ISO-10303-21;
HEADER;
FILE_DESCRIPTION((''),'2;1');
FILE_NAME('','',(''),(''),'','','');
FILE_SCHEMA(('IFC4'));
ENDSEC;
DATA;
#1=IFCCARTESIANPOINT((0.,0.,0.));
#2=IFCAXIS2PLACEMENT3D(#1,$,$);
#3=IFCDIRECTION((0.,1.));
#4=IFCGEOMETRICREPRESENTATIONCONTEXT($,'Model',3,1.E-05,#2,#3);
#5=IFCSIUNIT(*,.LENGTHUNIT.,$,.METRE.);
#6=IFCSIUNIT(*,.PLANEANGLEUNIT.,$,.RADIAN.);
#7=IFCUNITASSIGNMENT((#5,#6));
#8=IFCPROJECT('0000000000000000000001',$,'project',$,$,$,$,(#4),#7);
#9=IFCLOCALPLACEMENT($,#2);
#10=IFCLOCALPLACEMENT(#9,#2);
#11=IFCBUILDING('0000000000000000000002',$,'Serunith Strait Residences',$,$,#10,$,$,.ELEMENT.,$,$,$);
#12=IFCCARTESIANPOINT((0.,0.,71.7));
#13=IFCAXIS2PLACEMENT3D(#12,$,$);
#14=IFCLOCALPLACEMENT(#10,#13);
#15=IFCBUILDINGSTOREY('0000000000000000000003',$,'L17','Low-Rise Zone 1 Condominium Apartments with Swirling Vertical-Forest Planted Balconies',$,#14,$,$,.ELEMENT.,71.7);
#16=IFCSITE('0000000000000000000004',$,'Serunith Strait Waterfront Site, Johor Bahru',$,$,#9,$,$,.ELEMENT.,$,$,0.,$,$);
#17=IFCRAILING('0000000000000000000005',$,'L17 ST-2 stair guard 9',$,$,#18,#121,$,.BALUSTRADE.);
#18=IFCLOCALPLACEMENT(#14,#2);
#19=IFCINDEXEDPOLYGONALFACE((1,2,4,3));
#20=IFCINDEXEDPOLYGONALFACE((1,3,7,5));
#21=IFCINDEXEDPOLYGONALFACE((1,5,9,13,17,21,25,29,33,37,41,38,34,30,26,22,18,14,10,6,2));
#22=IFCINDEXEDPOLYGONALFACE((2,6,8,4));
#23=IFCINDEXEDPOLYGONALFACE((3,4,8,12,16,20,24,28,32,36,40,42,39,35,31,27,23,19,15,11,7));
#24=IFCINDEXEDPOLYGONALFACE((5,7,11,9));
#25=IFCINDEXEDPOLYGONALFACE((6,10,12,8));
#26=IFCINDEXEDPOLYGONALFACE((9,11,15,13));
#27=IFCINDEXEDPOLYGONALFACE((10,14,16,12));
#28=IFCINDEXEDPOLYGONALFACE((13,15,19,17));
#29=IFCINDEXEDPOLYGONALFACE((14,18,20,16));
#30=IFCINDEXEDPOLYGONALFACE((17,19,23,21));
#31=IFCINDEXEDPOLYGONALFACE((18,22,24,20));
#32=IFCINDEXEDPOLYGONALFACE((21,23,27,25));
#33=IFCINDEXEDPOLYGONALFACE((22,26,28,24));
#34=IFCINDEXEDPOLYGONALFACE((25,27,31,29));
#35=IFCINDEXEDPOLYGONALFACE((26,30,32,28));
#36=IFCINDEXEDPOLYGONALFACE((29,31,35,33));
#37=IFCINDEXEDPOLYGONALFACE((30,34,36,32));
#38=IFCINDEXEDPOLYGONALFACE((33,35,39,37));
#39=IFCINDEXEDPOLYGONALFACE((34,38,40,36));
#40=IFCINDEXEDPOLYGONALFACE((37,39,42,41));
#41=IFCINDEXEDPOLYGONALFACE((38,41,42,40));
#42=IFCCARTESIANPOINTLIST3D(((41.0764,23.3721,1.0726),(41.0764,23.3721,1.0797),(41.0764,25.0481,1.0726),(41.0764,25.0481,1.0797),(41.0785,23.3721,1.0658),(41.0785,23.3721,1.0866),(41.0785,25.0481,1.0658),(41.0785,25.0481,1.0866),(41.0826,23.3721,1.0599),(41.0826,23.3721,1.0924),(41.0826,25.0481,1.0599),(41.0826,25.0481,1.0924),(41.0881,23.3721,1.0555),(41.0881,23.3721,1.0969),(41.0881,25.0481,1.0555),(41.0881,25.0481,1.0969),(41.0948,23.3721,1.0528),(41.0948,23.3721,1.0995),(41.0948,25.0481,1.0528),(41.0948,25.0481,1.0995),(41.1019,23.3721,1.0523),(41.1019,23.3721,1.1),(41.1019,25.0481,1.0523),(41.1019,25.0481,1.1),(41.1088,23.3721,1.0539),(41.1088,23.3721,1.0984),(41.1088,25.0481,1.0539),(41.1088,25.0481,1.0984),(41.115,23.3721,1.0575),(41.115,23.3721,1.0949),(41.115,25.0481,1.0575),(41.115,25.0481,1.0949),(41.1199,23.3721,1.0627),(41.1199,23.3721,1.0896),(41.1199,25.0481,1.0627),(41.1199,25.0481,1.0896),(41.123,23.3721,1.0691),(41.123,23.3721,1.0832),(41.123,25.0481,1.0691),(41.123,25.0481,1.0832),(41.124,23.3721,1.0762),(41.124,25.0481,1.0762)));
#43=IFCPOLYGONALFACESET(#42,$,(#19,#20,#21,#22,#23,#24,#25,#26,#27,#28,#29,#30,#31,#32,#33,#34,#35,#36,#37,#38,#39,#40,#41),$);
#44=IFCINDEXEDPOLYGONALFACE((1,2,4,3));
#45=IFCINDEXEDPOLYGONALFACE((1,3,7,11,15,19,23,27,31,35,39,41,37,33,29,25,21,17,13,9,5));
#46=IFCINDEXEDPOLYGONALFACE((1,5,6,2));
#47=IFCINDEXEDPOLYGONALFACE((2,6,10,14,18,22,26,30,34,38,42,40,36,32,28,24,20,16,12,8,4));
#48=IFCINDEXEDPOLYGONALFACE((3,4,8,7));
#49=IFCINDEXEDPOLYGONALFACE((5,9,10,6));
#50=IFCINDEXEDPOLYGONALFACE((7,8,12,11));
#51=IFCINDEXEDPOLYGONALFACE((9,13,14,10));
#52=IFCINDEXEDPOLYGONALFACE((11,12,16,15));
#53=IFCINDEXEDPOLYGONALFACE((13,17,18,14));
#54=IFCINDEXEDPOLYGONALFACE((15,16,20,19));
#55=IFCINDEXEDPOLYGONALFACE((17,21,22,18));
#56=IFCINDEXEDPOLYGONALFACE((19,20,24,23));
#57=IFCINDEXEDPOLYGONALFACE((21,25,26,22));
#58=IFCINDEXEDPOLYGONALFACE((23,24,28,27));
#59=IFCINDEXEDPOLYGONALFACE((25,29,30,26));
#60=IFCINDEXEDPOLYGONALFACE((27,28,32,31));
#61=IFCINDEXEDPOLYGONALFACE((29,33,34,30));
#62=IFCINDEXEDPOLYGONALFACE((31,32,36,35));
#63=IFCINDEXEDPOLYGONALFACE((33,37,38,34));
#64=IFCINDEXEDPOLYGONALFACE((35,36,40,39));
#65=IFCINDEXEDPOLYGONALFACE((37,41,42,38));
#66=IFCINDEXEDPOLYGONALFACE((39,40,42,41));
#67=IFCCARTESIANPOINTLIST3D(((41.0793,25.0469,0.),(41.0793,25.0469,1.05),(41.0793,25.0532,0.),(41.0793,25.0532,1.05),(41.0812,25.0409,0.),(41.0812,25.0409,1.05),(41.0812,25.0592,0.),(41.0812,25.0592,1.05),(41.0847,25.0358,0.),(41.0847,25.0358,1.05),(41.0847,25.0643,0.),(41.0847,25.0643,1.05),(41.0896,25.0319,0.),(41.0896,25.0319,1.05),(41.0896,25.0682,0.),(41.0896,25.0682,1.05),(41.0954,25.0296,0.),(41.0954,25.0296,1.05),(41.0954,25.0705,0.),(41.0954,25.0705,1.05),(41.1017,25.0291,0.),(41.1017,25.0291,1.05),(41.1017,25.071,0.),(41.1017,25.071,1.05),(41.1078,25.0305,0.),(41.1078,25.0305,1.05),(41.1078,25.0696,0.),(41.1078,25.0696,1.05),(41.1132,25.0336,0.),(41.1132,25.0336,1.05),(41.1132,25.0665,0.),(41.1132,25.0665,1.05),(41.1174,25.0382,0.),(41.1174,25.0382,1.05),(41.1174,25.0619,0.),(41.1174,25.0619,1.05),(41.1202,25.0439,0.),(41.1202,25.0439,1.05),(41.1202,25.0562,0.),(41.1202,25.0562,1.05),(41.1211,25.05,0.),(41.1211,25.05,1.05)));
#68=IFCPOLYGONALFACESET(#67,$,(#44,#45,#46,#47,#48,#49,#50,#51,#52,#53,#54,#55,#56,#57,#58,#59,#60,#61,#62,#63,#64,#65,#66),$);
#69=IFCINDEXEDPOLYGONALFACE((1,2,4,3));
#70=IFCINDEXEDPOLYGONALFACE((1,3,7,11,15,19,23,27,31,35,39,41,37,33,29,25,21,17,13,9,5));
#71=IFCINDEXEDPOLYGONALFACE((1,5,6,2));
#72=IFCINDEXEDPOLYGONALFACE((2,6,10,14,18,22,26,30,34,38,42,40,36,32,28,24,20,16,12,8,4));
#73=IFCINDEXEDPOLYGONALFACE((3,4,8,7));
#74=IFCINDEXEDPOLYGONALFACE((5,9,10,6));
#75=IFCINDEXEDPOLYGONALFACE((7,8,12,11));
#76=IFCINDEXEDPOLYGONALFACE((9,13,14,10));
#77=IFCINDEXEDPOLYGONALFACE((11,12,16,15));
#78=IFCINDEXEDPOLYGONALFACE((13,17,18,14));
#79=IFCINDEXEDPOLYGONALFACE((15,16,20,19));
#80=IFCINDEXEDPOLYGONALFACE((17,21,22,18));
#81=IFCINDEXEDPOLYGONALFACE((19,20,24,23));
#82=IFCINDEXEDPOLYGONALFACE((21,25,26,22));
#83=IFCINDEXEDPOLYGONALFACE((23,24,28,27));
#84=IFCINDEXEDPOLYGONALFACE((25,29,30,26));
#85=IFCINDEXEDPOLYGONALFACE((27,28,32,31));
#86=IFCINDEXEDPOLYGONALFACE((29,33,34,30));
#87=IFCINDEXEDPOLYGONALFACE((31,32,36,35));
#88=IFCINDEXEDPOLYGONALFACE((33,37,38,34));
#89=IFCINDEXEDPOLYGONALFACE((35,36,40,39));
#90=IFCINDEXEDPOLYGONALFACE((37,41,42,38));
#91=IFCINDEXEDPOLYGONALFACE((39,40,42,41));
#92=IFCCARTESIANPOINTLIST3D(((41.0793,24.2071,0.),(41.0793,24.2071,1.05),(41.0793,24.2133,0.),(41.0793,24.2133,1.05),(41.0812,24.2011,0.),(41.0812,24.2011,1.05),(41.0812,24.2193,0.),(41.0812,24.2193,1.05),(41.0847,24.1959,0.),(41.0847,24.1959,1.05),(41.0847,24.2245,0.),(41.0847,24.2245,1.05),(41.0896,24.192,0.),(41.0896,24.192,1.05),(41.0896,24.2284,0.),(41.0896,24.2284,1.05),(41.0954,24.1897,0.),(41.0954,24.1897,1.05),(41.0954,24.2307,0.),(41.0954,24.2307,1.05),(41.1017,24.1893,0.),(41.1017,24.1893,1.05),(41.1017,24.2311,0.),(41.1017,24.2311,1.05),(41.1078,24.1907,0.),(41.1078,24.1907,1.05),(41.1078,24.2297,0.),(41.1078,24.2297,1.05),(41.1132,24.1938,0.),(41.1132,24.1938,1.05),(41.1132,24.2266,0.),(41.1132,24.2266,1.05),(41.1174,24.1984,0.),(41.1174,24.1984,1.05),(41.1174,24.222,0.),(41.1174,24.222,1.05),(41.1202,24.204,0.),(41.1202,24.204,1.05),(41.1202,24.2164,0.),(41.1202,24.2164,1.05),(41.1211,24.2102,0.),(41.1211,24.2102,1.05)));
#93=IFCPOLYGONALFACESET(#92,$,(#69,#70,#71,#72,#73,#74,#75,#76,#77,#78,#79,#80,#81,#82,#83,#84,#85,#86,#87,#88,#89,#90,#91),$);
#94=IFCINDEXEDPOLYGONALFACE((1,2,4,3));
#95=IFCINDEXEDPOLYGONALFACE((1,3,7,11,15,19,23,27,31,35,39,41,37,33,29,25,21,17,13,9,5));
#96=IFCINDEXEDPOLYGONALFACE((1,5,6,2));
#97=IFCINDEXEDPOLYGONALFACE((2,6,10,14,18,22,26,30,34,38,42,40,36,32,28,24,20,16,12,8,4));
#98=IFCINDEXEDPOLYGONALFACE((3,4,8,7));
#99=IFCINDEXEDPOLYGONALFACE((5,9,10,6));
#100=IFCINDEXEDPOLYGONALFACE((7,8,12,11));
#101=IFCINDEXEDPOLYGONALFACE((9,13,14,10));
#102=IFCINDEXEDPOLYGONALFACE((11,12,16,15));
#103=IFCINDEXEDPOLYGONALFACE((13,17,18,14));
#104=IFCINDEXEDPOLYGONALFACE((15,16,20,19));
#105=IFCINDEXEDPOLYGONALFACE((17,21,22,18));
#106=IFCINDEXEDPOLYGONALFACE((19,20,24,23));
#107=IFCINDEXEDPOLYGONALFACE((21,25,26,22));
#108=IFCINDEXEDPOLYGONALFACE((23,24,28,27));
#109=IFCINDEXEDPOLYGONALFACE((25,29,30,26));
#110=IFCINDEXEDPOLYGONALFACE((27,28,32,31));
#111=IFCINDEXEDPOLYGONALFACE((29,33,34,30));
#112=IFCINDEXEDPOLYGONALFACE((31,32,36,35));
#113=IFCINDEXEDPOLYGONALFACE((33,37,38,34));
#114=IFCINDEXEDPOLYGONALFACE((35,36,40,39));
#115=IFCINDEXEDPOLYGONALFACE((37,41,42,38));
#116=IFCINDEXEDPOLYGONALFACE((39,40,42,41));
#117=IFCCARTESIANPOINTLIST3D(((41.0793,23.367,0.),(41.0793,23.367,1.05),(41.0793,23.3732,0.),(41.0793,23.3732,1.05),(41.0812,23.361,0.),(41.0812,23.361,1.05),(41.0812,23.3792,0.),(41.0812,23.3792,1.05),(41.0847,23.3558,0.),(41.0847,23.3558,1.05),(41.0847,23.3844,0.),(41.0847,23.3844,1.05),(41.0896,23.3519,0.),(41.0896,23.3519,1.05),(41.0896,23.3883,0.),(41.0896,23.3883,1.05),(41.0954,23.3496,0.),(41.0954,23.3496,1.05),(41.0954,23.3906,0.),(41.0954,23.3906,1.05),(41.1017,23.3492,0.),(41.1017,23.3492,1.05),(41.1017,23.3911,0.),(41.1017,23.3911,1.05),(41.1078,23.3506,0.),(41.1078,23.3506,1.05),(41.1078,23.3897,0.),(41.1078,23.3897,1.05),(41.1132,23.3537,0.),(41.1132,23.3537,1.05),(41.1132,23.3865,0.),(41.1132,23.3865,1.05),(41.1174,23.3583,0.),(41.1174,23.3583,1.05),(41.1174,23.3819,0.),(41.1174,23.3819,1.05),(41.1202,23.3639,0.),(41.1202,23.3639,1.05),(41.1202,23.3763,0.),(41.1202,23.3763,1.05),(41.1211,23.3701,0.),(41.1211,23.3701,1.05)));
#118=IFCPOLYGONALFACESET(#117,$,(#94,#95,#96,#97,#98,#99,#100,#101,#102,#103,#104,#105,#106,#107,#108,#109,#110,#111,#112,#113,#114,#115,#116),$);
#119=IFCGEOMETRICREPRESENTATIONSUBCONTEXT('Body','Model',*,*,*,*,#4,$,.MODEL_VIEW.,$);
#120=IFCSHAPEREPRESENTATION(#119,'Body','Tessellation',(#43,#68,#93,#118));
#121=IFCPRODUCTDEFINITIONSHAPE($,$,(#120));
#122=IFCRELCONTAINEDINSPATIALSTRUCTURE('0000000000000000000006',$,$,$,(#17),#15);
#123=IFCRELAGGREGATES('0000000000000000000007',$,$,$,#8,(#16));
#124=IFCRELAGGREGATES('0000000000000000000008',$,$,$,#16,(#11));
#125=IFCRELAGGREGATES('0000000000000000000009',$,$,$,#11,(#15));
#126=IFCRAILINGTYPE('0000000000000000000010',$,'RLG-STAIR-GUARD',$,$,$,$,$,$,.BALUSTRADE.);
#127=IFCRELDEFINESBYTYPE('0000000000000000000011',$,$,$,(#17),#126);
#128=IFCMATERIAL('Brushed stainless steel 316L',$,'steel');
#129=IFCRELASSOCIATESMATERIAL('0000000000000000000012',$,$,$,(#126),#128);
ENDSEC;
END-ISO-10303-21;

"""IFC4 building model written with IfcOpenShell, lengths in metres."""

from ifc_helpers import new_model, si_unit, direction, frame, origin, origin_2d, place, context, subcontext, project, spatial, circle, extrude, material, type_object, element, save


model = new_model("IFC4")

# Units and contexts
model_context = context("Model", 3, precision=1e-05, world=origin(), true_north=direction((0.0, 1.0)))
body_context = subcontext(model_context, "Body", "Model", "MODEL_VIEW")
ifc_project = project(units=[si_unit("LENGTHUNIT", "METRE"), si_unit("PLANEANGLEUNIT", "RADIAN")], contexts=[model_context])

# Site, building, storey
site_placement = place(None, origin())
site = spatial("IfcSite", under=ifc_project, at=site_placement, Name="Serunith Strait Waterfront Site, Johor Bahru", CompositionType="ELEMENT", RefElevation=0.0)
building_placement = place(site_placement, origin())
building = spatial("IfcBuilding", under=site, at=building_placement, Name="Serunith Strait Residences", CompositionType="ELEMENT")
storey_placement = place(building_placement, frame((0.0, 0.0, 71.7)))
storey = spatial("IfcBuildingStorey", under=building, at=storey_placement, Name="L17", Description="Low-Rise Zone 1 Condominium Apartments with Swirling Vertical-Forest Planted Balconies", CompositionType="ELEMENT", Elevation=71.7)

# Railing
ifc_material_1 = material(Name="Brushed stainless steel 316L", Category="steel")
railing_type = type_object("IfcRailingType", Name="RLG-STAIR-GUARD", PredefinedType="BALUSTRADE", material=ifc_material_1)
railing_placement = place(storey_placement, frame((41.1001, 25.05, 0.0)))
element("IfcRailing", 1, at=railing_placement, inside=storey, type_object=railing_type, Name="L17 ST-2 stair guard 9", PredefinedType="BALUSTRADE", context=body_context, shape_type="SweptSolid", body=[
    extrude(circle(Radius=0.0239, at=origin_2d()), frame((0.0, -0.002, 1.0762), z_axis=(0.0, -1.0, 0.0), x_axis=(1.0, 0.0, 0.0)), (0.0, 0.0, 1.0), 1.676),
    extrude(circle(Radius=0.021, at=origin_2d()), origin(), (0.0, 0.0, 1.0), 1.05),
    extrude(circle(Radius=0.021, at=origin_2d()), frame((0.0, -0.8398, 0.0)), (0.0, 0.0, 1.0), 1.05),
    extrude(circle(Radius=0.021, at=origin_2d()), frame((0.0, -1.6799, 0.0)), (0.0, 0.0, 1.0), 1.05),
])

save(model, "model.ifc")
